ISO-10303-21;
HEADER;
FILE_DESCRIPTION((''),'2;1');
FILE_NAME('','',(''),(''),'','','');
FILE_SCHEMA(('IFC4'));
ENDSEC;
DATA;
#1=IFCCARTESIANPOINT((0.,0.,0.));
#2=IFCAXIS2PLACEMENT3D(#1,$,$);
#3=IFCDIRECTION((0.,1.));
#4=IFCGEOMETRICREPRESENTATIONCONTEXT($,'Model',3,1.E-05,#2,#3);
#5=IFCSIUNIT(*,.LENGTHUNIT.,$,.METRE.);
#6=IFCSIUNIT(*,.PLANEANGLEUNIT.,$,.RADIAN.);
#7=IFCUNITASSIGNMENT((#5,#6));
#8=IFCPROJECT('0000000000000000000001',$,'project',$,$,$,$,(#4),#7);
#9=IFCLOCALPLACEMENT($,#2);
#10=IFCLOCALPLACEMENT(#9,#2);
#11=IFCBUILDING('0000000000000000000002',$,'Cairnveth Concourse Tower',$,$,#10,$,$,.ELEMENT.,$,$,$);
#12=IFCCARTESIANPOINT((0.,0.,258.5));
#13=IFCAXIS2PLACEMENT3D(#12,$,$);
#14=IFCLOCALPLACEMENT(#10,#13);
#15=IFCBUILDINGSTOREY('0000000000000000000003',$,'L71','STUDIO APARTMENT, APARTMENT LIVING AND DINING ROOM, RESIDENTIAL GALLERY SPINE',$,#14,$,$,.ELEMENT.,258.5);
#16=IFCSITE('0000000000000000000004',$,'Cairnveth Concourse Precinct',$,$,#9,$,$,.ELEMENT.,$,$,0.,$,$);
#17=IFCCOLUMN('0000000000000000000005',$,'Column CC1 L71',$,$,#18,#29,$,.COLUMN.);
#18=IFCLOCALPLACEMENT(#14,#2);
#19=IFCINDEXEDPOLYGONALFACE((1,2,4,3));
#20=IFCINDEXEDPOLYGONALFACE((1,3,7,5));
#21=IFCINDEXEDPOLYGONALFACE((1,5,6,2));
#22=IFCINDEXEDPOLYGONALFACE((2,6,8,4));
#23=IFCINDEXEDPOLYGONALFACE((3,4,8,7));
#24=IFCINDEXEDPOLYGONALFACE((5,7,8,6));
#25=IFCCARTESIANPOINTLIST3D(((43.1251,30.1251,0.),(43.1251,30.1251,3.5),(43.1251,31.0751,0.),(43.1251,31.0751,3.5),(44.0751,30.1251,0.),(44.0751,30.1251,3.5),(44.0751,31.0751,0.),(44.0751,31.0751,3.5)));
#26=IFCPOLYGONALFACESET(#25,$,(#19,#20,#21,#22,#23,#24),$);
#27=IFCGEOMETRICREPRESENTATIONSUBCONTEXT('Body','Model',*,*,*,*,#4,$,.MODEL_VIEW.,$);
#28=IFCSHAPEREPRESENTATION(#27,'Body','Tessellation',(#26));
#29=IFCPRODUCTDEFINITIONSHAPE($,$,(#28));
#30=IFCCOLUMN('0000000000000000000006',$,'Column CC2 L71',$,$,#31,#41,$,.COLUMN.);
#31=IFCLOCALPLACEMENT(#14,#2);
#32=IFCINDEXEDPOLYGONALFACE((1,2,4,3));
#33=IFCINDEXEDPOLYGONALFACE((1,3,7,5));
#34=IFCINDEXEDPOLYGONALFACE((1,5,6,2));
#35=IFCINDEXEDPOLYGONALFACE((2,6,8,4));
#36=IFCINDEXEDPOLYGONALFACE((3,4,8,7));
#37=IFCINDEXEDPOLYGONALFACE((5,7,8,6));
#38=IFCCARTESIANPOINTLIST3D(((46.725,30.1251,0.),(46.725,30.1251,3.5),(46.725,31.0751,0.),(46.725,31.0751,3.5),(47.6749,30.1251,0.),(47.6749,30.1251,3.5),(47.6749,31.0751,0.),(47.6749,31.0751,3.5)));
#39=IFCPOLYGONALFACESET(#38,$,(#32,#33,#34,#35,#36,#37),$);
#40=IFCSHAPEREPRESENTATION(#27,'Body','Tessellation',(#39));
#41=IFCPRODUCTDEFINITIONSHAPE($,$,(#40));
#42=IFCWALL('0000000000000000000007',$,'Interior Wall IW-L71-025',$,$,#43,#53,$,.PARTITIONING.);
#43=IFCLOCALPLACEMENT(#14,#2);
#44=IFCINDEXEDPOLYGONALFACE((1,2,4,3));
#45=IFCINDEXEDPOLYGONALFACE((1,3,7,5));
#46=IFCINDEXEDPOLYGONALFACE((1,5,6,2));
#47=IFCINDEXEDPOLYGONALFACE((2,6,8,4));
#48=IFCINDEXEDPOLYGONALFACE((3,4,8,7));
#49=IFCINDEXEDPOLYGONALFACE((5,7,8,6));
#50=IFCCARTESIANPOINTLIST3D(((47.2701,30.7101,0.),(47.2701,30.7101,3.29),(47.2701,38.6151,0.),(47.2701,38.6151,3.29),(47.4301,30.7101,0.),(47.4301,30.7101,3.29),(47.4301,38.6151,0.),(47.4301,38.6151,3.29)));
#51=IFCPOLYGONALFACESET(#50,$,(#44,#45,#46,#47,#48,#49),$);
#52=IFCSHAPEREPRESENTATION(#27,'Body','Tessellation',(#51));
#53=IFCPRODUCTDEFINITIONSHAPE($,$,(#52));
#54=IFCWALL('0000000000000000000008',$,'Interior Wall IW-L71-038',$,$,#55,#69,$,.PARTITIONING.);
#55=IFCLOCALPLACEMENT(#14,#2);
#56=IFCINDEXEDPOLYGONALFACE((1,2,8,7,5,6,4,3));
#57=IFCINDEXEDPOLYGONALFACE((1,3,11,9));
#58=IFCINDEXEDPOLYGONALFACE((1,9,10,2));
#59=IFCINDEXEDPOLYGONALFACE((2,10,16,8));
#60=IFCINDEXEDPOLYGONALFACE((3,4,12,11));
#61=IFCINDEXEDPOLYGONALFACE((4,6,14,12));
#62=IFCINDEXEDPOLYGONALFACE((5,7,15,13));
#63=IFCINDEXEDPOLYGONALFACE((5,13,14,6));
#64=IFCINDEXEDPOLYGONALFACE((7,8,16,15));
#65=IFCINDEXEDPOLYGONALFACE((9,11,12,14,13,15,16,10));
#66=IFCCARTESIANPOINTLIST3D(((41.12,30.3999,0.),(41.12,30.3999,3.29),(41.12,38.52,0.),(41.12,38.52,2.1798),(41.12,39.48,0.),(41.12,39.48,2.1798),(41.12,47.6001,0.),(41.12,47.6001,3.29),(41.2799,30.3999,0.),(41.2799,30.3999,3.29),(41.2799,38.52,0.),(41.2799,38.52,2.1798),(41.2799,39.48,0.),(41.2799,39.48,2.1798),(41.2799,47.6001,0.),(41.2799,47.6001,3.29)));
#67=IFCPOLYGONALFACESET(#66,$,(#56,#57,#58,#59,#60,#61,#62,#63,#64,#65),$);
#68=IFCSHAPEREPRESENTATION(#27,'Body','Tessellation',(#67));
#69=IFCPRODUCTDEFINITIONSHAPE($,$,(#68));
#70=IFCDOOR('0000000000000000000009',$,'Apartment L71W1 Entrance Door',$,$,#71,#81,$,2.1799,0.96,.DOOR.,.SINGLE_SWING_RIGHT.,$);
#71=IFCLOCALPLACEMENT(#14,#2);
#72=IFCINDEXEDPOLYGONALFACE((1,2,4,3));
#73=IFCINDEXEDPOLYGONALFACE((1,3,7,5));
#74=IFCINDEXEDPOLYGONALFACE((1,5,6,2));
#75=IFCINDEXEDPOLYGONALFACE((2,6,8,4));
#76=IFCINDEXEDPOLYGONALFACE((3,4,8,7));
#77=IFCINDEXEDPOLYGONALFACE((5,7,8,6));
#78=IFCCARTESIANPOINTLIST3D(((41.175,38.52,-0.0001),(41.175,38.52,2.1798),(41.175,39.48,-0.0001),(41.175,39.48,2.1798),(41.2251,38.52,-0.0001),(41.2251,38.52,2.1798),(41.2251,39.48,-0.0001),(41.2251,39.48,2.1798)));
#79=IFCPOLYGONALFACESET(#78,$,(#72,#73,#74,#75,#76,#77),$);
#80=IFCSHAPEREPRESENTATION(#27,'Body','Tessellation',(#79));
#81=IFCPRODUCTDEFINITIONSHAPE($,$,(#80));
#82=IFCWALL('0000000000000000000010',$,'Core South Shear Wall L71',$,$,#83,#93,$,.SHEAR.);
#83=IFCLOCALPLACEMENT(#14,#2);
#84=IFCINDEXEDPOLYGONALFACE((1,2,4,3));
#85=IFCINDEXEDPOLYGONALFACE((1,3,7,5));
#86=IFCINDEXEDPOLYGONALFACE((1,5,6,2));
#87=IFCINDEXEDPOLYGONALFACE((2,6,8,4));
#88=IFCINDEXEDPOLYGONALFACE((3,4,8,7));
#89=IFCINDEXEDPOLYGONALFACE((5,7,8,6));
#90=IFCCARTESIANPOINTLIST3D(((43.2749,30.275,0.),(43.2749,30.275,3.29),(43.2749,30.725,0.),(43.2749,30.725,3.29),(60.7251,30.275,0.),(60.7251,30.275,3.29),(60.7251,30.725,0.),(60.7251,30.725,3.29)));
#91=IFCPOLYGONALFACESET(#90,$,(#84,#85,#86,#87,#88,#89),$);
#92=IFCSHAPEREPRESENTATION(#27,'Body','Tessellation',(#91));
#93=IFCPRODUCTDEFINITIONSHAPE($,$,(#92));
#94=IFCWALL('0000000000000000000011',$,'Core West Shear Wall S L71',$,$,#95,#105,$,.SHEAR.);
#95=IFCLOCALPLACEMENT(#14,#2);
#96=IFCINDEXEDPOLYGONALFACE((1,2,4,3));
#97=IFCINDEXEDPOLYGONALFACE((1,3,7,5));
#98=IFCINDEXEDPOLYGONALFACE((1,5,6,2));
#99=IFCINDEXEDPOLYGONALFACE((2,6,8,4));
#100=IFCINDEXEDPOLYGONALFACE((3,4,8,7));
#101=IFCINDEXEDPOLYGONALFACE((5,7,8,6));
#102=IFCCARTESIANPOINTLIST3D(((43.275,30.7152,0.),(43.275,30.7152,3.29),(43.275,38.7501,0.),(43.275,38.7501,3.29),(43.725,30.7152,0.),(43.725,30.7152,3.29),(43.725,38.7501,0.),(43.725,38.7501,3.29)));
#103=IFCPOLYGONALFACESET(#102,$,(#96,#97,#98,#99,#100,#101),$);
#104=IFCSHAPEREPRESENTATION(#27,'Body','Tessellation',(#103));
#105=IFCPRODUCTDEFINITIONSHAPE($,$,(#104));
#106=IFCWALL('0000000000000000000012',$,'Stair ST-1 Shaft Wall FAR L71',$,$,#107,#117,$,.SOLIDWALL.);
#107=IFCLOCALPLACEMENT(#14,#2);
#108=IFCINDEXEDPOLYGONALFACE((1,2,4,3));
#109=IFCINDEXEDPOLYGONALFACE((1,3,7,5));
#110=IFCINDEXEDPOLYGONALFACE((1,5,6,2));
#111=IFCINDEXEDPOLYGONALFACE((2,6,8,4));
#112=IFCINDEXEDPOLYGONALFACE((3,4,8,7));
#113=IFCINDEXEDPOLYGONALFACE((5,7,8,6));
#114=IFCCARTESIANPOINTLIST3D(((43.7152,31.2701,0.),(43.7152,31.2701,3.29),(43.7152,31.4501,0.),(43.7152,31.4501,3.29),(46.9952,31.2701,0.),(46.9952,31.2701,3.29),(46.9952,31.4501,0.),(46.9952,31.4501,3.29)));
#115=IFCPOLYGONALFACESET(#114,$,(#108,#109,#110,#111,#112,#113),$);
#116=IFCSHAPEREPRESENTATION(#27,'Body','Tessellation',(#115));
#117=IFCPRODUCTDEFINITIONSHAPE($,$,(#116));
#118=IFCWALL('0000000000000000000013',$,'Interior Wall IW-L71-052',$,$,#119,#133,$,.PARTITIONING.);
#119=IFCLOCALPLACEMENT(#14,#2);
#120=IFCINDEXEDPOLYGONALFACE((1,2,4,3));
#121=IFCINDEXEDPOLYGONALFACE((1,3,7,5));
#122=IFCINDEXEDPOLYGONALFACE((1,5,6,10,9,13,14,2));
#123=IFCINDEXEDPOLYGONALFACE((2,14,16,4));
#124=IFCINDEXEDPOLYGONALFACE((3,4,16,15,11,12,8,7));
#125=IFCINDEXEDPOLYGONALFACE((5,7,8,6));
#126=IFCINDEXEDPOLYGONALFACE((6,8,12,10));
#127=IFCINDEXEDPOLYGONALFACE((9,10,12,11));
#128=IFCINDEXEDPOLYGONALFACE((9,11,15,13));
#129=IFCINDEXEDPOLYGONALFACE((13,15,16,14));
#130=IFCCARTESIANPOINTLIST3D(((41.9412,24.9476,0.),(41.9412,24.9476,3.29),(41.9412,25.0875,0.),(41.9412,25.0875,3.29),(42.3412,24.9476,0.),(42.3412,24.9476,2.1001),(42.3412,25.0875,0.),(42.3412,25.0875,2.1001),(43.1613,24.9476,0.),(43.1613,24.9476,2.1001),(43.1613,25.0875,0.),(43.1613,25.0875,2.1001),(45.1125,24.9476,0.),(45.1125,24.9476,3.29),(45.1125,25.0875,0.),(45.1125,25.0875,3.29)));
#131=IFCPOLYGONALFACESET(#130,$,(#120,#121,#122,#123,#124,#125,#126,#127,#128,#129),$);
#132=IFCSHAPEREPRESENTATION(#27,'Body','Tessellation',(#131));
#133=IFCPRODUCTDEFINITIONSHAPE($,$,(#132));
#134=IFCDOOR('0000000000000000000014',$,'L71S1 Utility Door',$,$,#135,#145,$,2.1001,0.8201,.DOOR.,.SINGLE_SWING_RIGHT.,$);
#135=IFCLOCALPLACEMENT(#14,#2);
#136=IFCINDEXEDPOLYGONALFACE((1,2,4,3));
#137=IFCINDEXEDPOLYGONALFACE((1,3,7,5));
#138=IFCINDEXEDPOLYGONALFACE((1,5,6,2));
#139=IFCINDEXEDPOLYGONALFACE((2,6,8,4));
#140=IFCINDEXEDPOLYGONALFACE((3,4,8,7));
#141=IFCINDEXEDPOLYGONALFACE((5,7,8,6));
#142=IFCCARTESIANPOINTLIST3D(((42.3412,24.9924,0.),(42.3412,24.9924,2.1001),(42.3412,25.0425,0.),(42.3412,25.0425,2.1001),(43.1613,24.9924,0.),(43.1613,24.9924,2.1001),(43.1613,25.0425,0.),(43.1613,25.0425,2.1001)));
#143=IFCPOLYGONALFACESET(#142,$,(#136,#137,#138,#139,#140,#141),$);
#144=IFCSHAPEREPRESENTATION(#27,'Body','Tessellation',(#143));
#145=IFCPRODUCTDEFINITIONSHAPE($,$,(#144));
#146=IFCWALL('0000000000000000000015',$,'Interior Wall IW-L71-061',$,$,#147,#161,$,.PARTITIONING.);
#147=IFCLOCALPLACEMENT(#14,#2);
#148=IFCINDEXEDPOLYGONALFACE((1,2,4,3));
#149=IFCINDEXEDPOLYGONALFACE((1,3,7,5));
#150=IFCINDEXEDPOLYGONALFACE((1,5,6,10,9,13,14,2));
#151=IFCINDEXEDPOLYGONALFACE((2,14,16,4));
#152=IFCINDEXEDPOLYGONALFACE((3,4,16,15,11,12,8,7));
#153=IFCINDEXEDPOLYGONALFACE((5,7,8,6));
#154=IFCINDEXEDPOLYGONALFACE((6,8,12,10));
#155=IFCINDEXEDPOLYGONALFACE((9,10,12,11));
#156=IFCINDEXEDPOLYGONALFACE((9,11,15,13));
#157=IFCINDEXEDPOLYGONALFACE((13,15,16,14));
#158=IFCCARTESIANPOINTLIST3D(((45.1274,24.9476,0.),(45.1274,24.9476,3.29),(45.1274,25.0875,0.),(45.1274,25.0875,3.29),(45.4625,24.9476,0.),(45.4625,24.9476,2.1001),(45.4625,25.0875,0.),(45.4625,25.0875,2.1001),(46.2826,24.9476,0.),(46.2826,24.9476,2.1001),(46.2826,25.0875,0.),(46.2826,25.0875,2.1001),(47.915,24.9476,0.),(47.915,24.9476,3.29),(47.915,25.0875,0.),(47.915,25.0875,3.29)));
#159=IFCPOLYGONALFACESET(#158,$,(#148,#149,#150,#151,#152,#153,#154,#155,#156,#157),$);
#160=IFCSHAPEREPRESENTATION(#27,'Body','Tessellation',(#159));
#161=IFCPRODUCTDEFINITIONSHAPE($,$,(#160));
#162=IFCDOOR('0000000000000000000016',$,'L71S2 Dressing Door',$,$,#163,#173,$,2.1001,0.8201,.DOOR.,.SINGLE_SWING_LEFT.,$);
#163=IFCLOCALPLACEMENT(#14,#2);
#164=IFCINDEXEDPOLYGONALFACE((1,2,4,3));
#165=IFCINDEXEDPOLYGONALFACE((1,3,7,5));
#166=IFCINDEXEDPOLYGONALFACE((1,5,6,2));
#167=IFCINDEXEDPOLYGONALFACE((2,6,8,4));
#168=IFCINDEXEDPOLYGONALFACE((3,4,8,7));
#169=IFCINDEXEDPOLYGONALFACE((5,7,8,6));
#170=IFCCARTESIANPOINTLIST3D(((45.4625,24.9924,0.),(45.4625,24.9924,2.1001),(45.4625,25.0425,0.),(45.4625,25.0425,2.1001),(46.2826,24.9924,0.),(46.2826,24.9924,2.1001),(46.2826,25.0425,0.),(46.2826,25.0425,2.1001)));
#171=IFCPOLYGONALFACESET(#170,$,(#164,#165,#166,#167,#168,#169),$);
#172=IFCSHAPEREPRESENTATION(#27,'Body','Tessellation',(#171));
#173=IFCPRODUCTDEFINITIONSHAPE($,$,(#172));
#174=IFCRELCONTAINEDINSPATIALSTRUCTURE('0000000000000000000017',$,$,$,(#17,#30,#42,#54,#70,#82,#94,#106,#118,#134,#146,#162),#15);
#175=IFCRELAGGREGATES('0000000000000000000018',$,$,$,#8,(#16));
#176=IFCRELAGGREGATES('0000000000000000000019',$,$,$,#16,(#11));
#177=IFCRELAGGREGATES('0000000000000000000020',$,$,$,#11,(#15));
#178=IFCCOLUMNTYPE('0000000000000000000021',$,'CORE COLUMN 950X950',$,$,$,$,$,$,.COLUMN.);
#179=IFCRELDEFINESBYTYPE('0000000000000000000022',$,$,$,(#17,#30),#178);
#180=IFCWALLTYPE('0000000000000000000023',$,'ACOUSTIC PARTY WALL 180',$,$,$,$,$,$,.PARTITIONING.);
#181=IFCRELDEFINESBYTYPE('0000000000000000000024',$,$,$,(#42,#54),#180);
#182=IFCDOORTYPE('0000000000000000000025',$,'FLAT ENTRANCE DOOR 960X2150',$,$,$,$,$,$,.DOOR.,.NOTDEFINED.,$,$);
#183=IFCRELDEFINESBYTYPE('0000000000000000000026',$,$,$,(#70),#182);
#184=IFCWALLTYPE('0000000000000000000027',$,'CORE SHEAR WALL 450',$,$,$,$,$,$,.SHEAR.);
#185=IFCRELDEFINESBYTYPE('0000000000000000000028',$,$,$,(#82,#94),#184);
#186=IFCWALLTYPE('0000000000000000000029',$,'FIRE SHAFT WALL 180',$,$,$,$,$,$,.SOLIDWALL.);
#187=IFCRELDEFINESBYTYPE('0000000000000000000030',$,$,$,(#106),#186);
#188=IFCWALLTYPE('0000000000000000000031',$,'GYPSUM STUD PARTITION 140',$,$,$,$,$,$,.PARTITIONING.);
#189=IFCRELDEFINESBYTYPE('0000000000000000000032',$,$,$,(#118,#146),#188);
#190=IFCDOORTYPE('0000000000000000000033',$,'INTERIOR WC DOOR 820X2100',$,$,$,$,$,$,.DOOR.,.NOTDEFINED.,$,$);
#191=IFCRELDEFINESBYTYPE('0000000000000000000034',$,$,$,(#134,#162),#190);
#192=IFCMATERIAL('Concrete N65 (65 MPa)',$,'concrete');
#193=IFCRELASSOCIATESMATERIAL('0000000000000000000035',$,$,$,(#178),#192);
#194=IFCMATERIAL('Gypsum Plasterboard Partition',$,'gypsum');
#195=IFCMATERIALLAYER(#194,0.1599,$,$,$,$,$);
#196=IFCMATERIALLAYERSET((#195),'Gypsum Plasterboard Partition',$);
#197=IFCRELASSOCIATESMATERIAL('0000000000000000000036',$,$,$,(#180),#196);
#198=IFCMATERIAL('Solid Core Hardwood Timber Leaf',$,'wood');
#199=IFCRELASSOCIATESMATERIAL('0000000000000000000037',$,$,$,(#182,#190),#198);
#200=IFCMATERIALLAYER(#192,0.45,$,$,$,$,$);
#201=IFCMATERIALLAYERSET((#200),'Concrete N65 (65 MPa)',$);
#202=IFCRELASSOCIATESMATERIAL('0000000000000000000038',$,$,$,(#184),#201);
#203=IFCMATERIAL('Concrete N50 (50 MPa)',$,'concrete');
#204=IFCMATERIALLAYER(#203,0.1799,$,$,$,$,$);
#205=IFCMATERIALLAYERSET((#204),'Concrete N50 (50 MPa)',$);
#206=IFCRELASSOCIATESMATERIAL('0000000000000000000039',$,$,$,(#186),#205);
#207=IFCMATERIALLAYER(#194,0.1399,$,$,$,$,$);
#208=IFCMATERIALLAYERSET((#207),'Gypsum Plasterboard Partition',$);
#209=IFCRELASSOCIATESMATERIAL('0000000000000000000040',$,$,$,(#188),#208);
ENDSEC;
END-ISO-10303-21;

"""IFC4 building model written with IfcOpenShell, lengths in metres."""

from ifc_helpers import new_model, si_unit, direction, frame, frame_2d, origin, origin_2d, place, context, subcontext, project, spatial, rectangle, extrude, material, layer, layer_set, material_profile, profile_set, type_object, element, fill, save


model = new_model("IFC4")

# Units and contexts
model_context = context("Model", 3, precision=1e-05, world=origin(), true_north=direction((0.0, 1.0)))
body_context = subcontext(model_context, "Body", "Model", "MODEL_VIEW")
ifc_project = project(units=[si_unit("LENGTHUNIT", "METRE"), si_unit("PLANEANGLEUNIT", "RADIAN")], contexts=[model_context])

# Site, building, storey
site_placement = place(None, origin())
site = spatial("IfcSite", under=ifc_project, at=site_placement, Name="Cairnveth Concourse Precinct", CompositionType="ELEMENT", RefElevation=0.0)
building_placement = place(site_placement, origin())
building = spatial("IfcBuilding", under=site, at=building_placement, Name="Cairnveth Concourse Tower", CompositionType="ELEMENT")
storey_placement = place(building_placement, frame((0.0, 0.0, 258.5)))
storey = spatial("IfcBuildingStorey", under=building, at=storey_placement, Name="L71", Description="STUDIO APARTMENT, APARTMENT LIVING AND DINING ROOM, RESIDENTIAL GALLERY SPINE", CompositionType="ELEMENT", Elevation=258.5)

# Columns
ifc_material_1 = material(Name="Concrete N65 (65 MPa)", Category="concrete")
ifc_material_profile = material_profile(ifc_material_1, rectangle(XDim=0.95, YDim=0.95, at=origin_2d()), Name="RC-COL-950x950")
ifc_profile_set = profile_set([ifc_material_profile], Name="Concrete N65 (65 MPa)")
column_type = type_object("IfcColumnType", Name="CORE COLUMN 950X950", PredefinedType="COLUMN", material=ifc_profile_set)
for number, where, z_axis, x_axis, name in (
    (1, (43.6001, 30.6001, 0.0), (0.0, 0.0, 1.0), (1.0, 0.0, 0.0), "Column CC1 L71"),
    (2, (47.2, 30.6001, 0.0), (0.0, 0.0, 1.0), (1.0, 0.0, 0.0), "Column CC2 L71"),
):
    element("IfcColumn", number, at=place(storey_placement, frame(where, z_axis=z_axis, x_axis=x_axis)), inside=storey, type_object=column_type, Name=name, PredefinedType="COLUMN", context=body_context, shape_type="SweptSolid", body=[
        extrude(rectangle(XDim=0.95, YDim=0.95, at=origin_2d()), origin(), (0.0, 0.0, 1.0), 3.5),
    ])

# Wall
ifc_material_2 = material(Name="Gypsum Plasterboard Partition", Category="gypsum")
ifc_layer_1 = layer(ifc_material_2, 0.1599)
ifc_layer_set_1 = layer_set([ifc_layer_1], Name="Gypsum Plasterboard Partition")
wall_type_1 = type_object("IfcWallType", Name="ACOUSTIC PARTY WALL 180", PredefinedType="PARTITIONING", material=ifc_layer_set_1)
wall_1_placement = place(storey_placement, frame((47.3501, 30.71, 0.0), z_axis=(0.0, 0.0, 1.0), x_axis=(0.0, 1.0, 0.0)))
element("IfcWall", 3, at=wall_1_placement, inside=storey, type_object=wall_type_1, Name="Interior Wall IW-L71-025", PredefinedType="PARTITIONING", context=body_context, shape_type="SweptSolid", body=[
    extrude(rectangle(XDim=7.905, YDim=0.1599, at=frame_2d((3.9526, 0.0))), origin(), (0.0, 0.0, 1.0), 3.29),
])

# Wall, opening, door
wall_2_placement = place(storey_placement, frame((41.2, 30.3999, 0.0), z_axis=(0.0, 0.0, 1.0), x_axis=(0.0, 1.0, 0.0)))
wall_2 = element("IfcWall", 4, at=wall_2_placement, inside=storey, type_object=wall_type_1, Name="Interior Wall IW-L71-038", PredefinedType="PARTITIONING", context=body_context, shape_type="SweptSolid", body=[
    extrude(rectangle(XDim=17.2002, YDim=0.1599, at=frame_2d((8.6001, 0.0))), origin(), (0.0, 0.0, 1.0), 3.29),
])
opening_1_placement = place(wall_2_placement, frame((8.1201, 0.0, 0.0)))
opening_1 = element("IfcOpeningElement", 5, at=opening_1_placement, cuts=wall_2, PredefinedType="OPENING", context=body_context, shape_type="SweptSolid", body=[
    extrude(rectangle(XDim=0.96, YDim=2.1799, at=frame_2d((0.48, 1.0898))), frame((0.0, 0.0898, 0.0), z_axis=(0.0, -1.0, 0.0), x_axis=(1.0, 0.0, 0.0)), (0.0, 0.0, 1.0), 0.1799),
])
ifc_material_3 = material(Name="Solid Core Hardwood Timber Leaf", Category="wood")
door_type_1 = type_object("IfcDoorType", Name="FLAT ENTRANCE DOOR 960X2150", OperationType="NOTDEFINED", PredefinedType="DOOR", material=ifc_material_3)
door_1_placement = place(opening_1_placement, origin())
door_1 = element("IfcDoor", 6, at=door_1_placement, inside=storey, type_object=door_type_1, Name="Apartment L71W1 Entrance Door", OperationType="SINGLE_SWING_RIGHT", OverallHeight=2.1799, OverallWidth=0.96, PredefinedType="DOOR", context=body_context, shape_type="SweptSolid", body=[
    extrude(rectangle(XDim=0.96, YDim=2.1799, at=frame_2d((0.48, 1.0898))), frame((0.0, 0.0249, 0.0), z_axis=(0.0, -1.0, 0.0), x_axis=(1.0, 0.0, 0.0)), (0.0, 0.0, 1.0), 0.05),
])
fill(opening_1, door_1)

# Walls
ifc_layer_2 = layer(ifc_material_1, 0.45)
ifc_layer_set_2 = layer_set([ifc_layer_2], Name="Concrete N65 (65 MPa)")
wall_type_2 = type_object("IfcWallType", Name="CORE SHEAR WALL 450", PredefinedType="SHEAR", material=ifc_layer_set_2)
wall_3_placement = place(storey_placement, frame((43.2749, 30.5, 0.0), z_axis=(0.0, 0.0, 1.0), x_axis=(1.0, 0.0, 0.0)))
element("IfcWall", 7, at=wall_3_placement, inside=storey, type_object=wall_type_2, Name="Core South Shear Wall L71", PredefinedType="SHEAR", context=body_context, shape_type="SweptSolid", body=[
    extrude(rectangle(XDim=17.4502, YDim=0.45, at=frame_2d((8.7251, 0.0))), origin(), (0.0, 0.0, 1.0), 3.29),
])
wall_4_placement = place(storey_placement, frame((43.5, 30.7151, 0.0), z_axis=(0.0, 0.0, 1.0), x_axis=(0.0, 1.0, 0.0)))
element("IfcWall", 8, at=wall_4_placement, inside=storey, type_object=wall_type_2, Name="Core West Shear Wall S L71", PredefinedType="SHEAR", context=body_context, shape_type="SweptSolid", body=[
    extrude(rectangle(XDim=8.0349, YDim=0.45, at=frame_2d((4.0176, 0.0))), origin(), (0.0, 0.0, 1.0), 3.29),
])
ifc_material_4 = material(Name="Concrete N50 (50 MPa)", Category="concrete")
ifc_layer_3 = layer(ifc_material_4, 0.1799)
ifc_layer_set_3 = layer_set([ifc_layer_3], Name="Concrete N50 (50 MPa)")
wall_type_3 = type_object("IfcWallType", Name="FIRE SHAFT WALL 180", PredefinedType="SOLIDWALL", material=ifc_layer_set_3)
wall_5_placement = place(storey_placement, frame((43.7151, 31.3601, 0.0), z_axis=(0.0, 0.0, 1.0), x_axis=(1.0, 0.0, 0.0)))
element("IfcWall", 9, at=wall_5_placement, inside=storey, type_object=wall_type_3, Name="Stair ST-1 Shaft Wall FAR L71", PredefinedType="SOLIDWALL", context=body_context, shape_type="SweptSolid", body=[
    extrude(rectangle(XDim=3.28, YDim=0.1799, at=frame_2d((1.6401, 0.0))), origin(), (0.0, 0.0, 1.0), 3.29),
])

# Walls, openings, doors
ifc_layer_4 = layer(ifc_material_2, 0.1399)
ifc_layer_set_4 = layer_set([ifc_layer_4], Name="Gypsum Plasterboard Partition")
wall_type_4 = type_object("IfcWallType", Name="GYPSUM STUD PARTITION 140", PredefinedType="PARTITIONING", material=ifc_layer_set_4)
wall_6_placement = place(storey_placement, frame((41.9412, 25.0176, 0.0), z_axis=(0.0, 0.0, 1.0), x_axis=(1.0, 0.0, 0.0)))
wall_6 = element("IfcWall", 10, at=wall_6_placement, inside=storey, type_object=wall_type_4, Name="Interior Wall IW-L71-052", PredefinedType="PARTITIONING", context=body_context, shape_type="SweptSolid", body=[
    extrude(rectangle(XDim=3.1714, YDim=0.1399, at=frame_2d((1.5857, 0.0))), origin(), (0.0, 0.0, 1.0), 3.29),
])
opening_2_placement = place(wall_6_placement, frame((0.3999, 0.0, 0.0)))
opening_2 = element("IfcOpeningElement", 11, at=opening_2_placement, cuts=wall_6, PredefinedType="OPENING", context=body_context, shape_type="SweptSolid", body=[
    extrude(rectangle(XDim=0.8201, YDim=2.1001, at=frame_2d((0.4102, 1.05))), frame((0.0, 0.0798, 0.0), z_axis=(0.0, -1.0, 0.0), x_axis=(1.0, 0.0, 0.0)), (0.0, 0.0, 1.0), 0.1599),
])
door_type_2 = type_object("IfcDoorType", Name="INTERIOR WC DOOR 820X2100", OperationType="NOTDEFINED", PredefinedType="DOOR", material=ifc_material_3)
door_2_placement = place(opening_2_placement, origin())
door_2 = element("IfcDoor", 12, at=door_2_placement, inside=storey, type_object=door_type_2, Name="L71S1 Utility Door", OperationType="SINGLE_SWING_RIGHT", OverallHeight=2.1001, OverallWidth=0.8201, PredefinedType="DOOR", context=body_context, shape_type="SweptSolid", body=[
    extrude(rectangle(XDim=0.8201, YDim=2.1001, at=frame_2d((0.4102, 1.05))), frame((0.0, 0.0249, 0.0), z_axis=(0.0, -1.0, 0.0), x_axis=(1.0, 0.0, 0.0)), (0.0, 0.0, 1.0), 0.05),
])
fill(opening_2, door_2)
wall_7_placement = place(storey_placement, frame((45.1274, 25.0176, 0.0), z_axis=(0.0, 0.0, 1.0), x_axis=(1.0, 0.0, 0.0)))
wall_7 = element("IfcWall", 13, at=wall_7_placement, inside=storey, type_object=wall_type_4, Name="Interior Wall IW-L71-061", PredefinedType="PARTITIONING", context=body_context, shape_type="SweptSolid", body=[
    extrude(rectangle(XDim=2.7876, YDim=0.1399, at=frame_2d((1.3938, 0.0))), origin(), (0.0, 0.0, 1.0), 3.29),
])
opening_3_placement = place(wall_7_placement, frame((0.335, 0.0, 0.0)))
opening_3 = element("IfcOpeningElement", 14, at=opening_3_placement, cuts=wall_7, PredefinedType="OPENING", context=body_context, shape_type="SweptSolid", body=[
    extrude(rectangle(XDim=0.8201, YDim=2.1001, at=frame_2d((0.4102, 1.05))), frame((0.0, 0.0798, 0.0), z_axis=(0.0, -1.0, 0.0), x_axis=(1.0, 0.0, 0.0)), (0.0, 0.0, 1.0), 0.1599),
])
door_3_placement = place(opening_3_placement, origin())
door_3 = element("IfcDoor", 15, at=door_3_placement, inside=storey, type_object=door_type_2, Name="L71S2 Dressing Door", OperationType="SINGLE_SWING_LEFT", OverallHeight=2.1001, OverallWidth=0.8201, PredefinedType="DOOR", context=body_context, shape_type="SweptSolid", body=[
    extrude(rectangle(XDim=0.8201, YDim=2.1001, at=frame_2d((0.4102, 1.05))), frame((0.0, 0.0249, 0.0), z_axis=(0.0, -1.0, 0.0), x_axis=(1.0, 0.0, 0.0)), (0.0, 0.0, 1.0), 0.05),
])
fill(opening_3, door_3)

save(model, "model.ifc")
